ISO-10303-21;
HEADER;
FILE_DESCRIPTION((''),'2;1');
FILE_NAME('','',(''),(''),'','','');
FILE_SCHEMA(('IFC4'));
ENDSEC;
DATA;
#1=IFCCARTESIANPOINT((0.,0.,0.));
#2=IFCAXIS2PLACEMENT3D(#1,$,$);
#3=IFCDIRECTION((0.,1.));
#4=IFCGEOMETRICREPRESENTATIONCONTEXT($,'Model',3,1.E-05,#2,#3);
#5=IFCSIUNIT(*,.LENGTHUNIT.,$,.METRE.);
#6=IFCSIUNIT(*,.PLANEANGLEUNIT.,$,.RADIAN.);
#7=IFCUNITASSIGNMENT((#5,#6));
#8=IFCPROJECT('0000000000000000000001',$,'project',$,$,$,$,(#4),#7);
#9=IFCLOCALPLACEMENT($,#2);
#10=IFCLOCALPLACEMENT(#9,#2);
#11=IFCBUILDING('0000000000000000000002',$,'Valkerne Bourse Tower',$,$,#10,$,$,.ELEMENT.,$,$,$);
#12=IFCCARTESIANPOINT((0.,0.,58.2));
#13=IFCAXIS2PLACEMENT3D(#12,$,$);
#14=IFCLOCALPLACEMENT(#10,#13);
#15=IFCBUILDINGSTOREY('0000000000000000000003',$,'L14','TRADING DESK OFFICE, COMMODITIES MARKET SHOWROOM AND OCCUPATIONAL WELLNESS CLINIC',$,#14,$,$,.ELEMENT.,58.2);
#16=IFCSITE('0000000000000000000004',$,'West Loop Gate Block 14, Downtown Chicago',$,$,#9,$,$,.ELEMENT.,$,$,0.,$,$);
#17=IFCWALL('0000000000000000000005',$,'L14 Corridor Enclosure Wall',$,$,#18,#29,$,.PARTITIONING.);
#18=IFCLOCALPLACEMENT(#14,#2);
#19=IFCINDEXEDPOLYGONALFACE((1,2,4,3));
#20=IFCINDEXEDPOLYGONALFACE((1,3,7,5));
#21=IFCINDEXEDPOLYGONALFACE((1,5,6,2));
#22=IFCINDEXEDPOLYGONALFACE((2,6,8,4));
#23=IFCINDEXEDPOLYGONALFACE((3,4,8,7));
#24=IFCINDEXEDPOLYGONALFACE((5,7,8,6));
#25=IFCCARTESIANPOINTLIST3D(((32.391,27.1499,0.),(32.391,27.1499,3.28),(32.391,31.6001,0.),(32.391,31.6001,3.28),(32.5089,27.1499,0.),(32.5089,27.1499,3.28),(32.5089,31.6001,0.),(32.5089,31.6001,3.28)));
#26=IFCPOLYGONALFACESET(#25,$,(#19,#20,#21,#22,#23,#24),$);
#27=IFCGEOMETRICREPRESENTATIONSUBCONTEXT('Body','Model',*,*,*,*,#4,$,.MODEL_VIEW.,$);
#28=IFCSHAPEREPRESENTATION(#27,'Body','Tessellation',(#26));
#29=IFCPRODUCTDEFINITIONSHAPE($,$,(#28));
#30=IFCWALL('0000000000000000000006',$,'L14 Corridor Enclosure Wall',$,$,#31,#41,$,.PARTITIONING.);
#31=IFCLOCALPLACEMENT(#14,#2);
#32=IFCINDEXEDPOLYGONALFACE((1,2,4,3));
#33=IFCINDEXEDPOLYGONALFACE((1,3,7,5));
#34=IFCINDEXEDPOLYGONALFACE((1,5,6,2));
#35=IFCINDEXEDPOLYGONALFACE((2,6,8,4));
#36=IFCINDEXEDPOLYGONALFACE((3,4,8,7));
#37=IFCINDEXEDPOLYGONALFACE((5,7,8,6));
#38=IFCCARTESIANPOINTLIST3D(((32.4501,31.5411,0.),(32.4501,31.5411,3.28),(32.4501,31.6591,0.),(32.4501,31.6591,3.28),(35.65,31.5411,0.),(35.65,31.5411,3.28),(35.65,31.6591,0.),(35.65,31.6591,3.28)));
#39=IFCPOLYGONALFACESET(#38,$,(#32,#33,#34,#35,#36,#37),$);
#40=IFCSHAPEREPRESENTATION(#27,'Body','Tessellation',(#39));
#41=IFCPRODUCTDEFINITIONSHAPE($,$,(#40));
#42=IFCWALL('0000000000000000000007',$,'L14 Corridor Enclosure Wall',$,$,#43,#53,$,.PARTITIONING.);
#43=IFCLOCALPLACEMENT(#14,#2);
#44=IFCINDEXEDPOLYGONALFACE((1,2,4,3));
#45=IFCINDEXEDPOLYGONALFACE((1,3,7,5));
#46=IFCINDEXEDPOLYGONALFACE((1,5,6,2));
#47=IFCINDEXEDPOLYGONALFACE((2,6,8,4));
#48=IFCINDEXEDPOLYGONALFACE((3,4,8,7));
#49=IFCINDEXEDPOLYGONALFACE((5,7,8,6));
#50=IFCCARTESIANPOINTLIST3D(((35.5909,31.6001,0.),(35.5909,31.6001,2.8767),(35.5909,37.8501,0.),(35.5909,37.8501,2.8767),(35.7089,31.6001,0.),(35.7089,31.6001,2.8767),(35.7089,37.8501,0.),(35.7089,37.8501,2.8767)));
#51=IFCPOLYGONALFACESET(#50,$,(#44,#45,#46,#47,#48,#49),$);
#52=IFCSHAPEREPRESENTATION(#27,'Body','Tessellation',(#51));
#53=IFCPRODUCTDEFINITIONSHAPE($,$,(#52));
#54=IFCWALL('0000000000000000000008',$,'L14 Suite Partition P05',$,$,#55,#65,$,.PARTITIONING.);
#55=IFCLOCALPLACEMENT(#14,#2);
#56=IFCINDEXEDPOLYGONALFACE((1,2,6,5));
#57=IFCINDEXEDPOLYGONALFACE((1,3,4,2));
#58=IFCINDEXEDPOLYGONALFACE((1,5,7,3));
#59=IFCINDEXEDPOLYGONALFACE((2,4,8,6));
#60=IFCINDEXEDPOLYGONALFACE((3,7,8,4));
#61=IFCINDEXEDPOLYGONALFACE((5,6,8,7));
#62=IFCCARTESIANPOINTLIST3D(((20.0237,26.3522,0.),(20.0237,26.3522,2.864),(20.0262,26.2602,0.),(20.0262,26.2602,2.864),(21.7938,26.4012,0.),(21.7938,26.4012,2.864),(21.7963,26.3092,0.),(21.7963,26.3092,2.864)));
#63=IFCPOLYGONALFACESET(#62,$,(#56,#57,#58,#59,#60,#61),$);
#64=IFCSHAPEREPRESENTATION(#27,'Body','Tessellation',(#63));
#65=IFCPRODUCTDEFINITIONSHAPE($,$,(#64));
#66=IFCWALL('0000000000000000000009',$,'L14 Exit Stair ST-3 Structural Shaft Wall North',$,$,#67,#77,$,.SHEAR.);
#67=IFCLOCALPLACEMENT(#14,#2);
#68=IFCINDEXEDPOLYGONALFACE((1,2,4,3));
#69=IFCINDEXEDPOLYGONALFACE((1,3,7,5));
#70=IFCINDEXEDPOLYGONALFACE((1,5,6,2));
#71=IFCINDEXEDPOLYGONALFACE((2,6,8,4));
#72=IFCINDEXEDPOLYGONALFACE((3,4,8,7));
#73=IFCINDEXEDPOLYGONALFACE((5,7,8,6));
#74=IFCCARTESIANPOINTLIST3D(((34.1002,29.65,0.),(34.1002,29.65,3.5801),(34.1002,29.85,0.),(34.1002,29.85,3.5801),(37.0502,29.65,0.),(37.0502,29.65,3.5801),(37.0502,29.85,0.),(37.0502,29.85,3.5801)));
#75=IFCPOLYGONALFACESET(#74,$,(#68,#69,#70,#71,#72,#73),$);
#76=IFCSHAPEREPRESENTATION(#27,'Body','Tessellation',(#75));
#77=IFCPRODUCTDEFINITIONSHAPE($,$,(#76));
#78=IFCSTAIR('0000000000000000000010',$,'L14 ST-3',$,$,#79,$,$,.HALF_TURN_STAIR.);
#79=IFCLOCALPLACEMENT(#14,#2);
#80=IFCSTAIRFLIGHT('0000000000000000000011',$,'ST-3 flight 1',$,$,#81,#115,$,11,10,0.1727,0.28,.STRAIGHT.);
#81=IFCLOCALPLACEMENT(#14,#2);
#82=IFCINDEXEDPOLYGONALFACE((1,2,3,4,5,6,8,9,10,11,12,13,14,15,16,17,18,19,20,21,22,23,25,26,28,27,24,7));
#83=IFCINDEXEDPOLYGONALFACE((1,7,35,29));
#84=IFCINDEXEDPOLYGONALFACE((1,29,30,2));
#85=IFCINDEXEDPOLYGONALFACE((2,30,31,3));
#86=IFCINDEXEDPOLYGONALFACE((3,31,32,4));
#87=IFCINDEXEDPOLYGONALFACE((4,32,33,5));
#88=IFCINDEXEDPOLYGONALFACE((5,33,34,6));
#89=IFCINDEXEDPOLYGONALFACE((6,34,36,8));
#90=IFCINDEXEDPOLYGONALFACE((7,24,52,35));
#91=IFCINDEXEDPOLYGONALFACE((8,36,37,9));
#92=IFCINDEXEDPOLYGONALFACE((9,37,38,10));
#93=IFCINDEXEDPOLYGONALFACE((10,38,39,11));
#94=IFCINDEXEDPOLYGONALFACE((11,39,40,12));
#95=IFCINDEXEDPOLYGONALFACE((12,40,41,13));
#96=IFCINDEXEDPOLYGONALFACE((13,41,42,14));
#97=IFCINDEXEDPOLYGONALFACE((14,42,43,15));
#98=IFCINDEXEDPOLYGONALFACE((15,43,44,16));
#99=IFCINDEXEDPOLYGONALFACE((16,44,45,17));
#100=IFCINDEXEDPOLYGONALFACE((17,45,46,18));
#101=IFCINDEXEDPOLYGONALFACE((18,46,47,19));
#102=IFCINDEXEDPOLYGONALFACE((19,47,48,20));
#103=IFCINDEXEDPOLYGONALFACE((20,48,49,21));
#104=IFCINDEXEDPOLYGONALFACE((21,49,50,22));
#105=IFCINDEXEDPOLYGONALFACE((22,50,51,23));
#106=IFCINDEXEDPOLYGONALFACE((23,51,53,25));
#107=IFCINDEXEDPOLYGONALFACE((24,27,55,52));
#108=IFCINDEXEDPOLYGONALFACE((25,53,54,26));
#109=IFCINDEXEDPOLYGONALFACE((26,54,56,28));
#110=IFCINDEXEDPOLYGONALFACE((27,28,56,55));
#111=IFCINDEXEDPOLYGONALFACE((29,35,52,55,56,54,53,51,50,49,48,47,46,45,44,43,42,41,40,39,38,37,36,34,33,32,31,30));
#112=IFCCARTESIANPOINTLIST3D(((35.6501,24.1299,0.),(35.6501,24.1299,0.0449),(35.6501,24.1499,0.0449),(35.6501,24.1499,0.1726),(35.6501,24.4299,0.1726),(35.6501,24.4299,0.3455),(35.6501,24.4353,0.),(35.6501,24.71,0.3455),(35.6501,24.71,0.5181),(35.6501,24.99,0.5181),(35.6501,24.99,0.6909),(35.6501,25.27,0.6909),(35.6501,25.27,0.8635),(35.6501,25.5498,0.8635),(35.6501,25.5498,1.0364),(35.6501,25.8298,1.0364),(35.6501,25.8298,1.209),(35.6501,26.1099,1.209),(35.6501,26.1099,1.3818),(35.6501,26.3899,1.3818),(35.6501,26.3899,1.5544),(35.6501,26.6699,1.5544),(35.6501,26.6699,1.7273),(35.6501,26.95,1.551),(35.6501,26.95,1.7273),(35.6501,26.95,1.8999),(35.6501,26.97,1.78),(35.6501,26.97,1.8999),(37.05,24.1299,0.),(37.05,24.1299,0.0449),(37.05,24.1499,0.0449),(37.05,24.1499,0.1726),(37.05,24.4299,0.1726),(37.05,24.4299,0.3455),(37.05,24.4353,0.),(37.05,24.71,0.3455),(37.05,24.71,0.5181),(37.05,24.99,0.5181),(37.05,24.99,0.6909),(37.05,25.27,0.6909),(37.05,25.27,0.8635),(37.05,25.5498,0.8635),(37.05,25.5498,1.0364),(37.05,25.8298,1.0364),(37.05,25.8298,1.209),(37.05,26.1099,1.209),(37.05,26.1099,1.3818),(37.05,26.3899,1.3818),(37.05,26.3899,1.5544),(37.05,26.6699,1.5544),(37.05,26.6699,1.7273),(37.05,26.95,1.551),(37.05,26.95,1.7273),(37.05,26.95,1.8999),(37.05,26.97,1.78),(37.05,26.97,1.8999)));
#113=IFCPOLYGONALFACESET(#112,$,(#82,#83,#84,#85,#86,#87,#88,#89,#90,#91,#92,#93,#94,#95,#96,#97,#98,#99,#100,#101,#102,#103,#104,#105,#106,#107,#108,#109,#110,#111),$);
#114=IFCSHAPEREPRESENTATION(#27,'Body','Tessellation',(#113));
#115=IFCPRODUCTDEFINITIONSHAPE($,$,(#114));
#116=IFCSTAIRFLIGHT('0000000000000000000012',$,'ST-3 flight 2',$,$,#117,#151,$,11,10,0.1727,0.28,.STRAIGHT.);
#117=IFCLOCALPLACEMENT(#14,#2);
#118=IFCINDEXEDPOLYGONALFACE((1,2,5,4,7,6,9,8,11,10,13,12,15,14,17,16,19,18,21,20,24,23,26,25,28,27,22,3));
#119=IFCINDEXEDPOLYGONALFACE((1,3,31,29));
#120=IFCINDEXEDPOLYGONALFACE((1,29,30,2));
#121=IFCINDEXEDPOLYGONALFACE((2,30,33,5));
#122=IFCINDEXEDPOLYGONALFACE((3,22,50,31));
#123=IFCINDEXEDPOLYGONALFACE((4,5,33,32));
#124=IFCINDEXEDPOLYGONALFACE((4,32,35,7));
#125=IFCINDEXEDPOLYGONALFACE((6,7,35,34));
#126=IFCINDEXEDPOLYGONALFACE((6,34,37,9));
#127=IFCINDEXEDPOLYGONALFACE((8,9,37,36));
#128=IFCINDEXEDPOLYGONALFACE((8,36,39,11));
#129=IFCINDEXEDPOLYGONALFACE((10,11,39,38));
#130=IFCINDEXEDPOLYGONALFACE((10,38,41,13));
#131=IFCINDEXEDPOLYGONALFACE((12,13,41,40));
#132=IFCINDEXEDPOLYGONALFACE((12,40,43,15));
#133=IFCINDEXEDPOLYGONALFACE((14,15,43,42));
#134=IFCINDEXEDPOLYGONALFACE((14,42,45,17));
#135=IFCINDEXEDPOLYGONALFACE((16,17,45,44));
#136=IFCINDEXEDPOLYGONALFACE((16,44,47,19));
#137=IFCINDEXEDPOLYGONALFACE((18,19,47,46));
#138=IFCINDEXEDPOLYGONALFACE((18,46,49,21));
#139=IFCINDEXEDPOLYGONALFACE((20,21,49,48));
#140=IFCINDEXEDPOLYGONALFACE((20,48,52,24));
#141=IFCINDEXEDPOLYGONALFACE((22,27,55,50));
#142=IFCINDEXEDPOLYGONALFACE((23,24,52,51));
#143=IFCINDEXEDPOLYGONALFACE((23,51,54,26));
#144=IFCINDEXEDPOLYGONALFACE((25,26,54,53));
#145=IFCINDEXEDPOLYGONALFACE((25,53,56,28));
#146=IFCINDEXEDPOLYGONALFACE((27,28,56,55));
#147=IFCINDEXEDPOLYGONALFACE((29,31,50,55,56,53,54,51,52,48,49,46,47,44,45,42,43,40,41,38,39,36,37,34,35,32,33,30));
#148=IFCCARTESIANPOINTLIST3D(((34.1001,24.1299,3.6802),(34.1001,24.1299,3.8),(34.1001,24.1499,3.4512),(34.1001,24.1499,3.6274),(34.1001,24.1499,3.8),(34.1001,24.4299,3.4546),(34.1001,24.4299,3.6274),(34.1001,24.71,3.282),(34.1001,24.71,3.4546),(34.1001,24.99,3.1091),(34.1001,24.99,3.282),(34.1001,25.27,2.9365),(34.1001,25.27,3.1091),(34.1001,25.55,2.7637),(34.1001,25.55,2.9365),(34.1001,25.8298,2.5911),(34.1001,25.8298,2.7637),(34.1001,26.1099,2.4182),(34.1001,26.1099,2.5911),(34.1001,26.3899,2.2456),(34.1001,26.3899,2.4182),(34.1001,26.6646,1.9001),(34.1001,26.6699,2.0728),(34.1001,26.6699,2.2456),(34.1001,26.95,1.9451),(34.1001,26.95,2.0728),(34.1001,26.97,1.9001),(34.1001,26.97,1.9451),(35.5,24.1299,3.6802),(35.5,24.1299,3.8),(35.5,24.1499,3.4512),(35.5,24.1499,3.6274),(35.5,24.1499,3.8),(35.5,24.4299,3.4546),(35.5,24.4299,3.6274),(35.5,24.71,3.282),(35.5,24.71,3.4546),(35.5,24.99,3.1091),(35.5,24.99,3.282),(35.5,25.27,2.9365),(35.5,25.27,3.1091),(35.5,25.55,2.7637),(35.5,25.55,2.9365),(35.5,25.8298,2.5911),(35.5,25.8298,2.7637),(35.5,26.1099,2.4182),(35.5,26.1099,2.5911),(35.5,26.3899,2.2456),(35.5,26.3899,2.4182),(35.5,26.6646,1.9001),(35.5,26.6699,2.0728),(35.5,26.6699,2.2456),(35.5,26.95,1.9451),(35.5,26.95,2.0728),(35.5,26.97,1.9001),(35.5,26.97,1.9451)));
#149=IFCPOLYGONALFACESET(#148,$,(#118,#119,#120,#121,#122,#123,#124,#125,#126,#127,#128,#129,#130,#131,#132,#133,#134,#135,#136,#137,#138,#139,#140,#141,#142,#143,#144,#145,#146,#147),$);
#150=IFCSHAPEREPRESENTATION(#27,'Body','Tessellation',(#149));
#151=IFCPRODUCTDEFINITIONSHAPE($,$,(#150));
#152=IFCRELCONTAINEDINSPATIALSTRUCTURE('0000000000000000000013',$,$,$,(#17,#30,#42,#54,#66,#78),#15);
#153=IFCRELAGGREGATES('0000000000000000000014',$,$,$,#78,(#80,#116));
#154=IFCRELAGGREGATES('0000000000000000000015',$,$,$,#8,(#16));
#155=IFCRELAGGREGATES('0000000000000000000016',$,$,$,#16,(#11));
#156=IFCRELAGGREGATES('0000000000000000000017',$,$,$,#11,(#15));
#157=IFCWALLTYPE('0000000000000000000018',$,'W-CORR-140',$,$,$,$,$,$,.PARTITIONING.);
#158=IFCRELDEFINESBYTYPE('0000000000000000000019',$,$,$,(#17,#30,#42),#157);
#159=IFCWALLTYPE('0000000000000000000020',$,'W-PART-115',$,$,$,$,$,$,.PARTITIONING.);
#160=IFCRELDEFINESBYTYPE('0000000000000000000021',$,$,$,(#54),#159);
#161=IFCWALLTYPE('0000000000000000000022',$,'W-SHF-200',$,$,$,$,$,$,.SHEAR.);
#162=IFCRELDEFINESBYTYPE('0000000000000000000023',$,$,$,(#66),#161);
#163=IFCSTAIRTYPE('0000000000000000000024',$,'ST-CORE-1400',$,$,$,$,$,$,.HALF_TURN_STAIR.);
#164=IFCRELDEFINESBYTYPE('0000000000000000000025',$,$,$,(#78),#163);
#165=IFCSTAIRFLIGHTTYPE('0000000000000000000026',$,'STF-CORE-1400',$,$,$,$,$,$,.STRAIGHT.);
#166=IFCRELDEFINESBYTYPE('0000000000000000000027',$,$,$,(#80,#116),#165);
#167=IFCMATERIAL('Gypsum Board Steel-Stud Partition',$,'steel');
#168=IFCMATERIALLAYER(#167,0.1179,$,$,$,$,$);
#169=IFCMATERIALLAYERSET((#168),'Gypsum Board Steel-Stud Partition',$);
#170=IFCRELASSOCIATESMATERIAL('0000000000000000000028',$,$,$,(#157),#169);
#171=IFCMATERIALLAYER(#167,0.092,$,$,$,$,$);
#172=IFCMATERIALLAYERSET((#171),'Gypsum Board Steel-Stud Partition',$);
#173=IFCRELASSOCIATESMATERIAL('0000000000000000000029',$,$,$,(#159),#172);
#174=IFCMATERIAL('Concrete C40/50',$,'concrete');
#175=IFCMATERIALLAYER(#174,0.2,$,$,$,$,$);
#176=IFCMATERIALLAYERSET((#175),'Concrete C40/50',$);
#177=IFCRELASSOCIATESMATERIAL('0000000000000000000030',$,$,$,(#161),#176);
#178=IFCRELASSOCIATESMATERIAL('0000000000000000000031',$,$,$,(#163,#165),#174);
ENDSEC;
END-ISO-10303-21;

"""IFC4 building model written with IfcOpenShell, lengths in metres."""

from ifc_helpers import new_model, si_unit, direction, frame, frame_2d, origin, place, context, subcontext, project, spatial, polyline, rectangle, outline, extrude, material, layer, layer_set, type_object, element, aggregate, save


model = new_model("IFC4")

# Units and contexts
model_context = context("Model", 3, precision=1e-05, world=origin(), true_north=direction((0.0, 1.0)))
body_context = subcontext(model_context, "Body", "Model", "MODEL_VIEW")
ifc_project = project(units=[si_unit("LENGTHUNIT", "METRE"), si_unit("PLANEANGLEUNIT", "RADIAN")], contexts=[model_context])

# Site, building, storey
site_placement = place(None, origin())
site = spatial("IfcSite", under=ifc_project, at=site_placement, Name="West Loop Gate Block 14, Downtown Chicago", CompositionType="ELEMENT", RefElevation=0.0)
building_placement = place(site_placement, origin())
building = spatial("IfcBuilding", under=site, at=building_placement, Name="Valkerne Bourse Tower", CompositionType="ELEMENT")
storey_placement = place(building_placement, frame((0.0, 0.0, 58.2)))
storey = spatial("IfcBuildingStorey", under=building, at=storey_placement, Name="L14", Description="TRADING DESK OFFICE, COMMODITIES MARKET SHOWROOM AND OCCUPATIONAL WELLNESS CLINIC", CompositionType="ELEMENT", Elevation=58.2)

# Shared definitions
ifc_material_1 = material(Name="Gypsum Board Steel-Stud Partition", Category="steel")
ifc_layer_1 = layer(ifc_material_1, 0.1179)
ifc_layer_set_1 = layer_set([ifc_layer_1], Name="Gypsum Board Steel-Stud Partition")
wall_type_1 = type_object("IfcWallType", Name="W-CORR-140", PredefinedType="PARTITIONING", material=ifc_layer_set_1)

# Walls
wall_1_placement = place(storey_placement, frame((32.45, 27.1499, 0.0), z_axis=(0.0, 0.0, 1.0), x_axis=(0.0, 1.0, 0.0)))
element("IfcWall", 1, at=wall_1_placement, inside=storey, type_object=wall_type_1, Name="L14 Corridor Enclosure Wall", PredefinedType="PARTITIONING", context=body_context, shape_type="SweptSolid", body=[
    extrude(rectangle(XDim=4.4502, YDim=0.1179, at=frame_2d((2.2251, 0.0))), origin(), (0.0, 0.0, 1.0), 3.28),
])
wall_2_placement = place(storey_placement, frame((32.45, 31.6001, 0.0), z_axis=(0.0, 0.0, 1.0), x_axis=(1.0, 0.0, 0.0)))
element("IfcWall", 2, at=wall_2_placement, inside=storey, type_object=wall_type_1, Name="L14 Corridor Enclosure Wall", PredefinedType="PARTITIONING", context=body_context, shape_type="SweptSolid", body=[
    extrude(rectangle(XDim=3.2, YDim=0.1179, at=frame_2d((1.6001, 0.0))), origin(), (0.0, 0.0, 1.0), 3.28),
])
wall_3_placement = place(storey_placement, frame((35.6499, 31.6001, 0.0), z_axis=(0.0, 0.0, 1.0), x_axis=(0.0, 1.0, 0.0)))
element("IfcWall", 3, at=wall_3_placement, inside=storey, type_object=wall_type_1, Name="L14 Corridor Enclosure Wall", PredefinedType="PARTITIONING", context=body_context, shape_type="SweptSolid", body=[
    extrude(rectangle(XDim=6.25, YDim=0.1179, at=frame_2d((3.125, 0.0))), origin(), (0.0, 0.0, 1.0), 2.8767),
])
ifc_layer_2 = layer(ifc_material_1, 0.092)
ifc_layer_set_2 = layer_set([ifc_layer_2], Name="Gypsum Board Steel-Stud Partition")
wall_type_2 = type_object("IfcWallType", Name="W-PART-115", PredefinedType="PARTITIONING", material=ifc_layer_set_2)
wall_4_placement = place(storey_placement, frame((21.7949, 26.3552, 0.0), z_axis=(0.0, 0.0, 1.0), x_axis=(-0.999616, -0.027713, 0.0)))
element("IfcWall", 4, at=wall_4_placement, inside=storey, type_object=wall_type_2, Name="L14 Suite Partition P05", PredefinedType="PARTITIONING", context=body_context, shape_type="SweptSolid", body=[
    extrude(rectangle(XDim=1.7708, YDim=0.092, at=frame_2d((0.8853, 0.0))), origin(), (0.0, 0.0, 1.0), 2.864),
])
ifc_material_2 = material(Name="Concrete C40/50", Category="concrete")
ifc_layer_3 = layer(ifc_material_2, 0.2)
ifc_layer_set_3 = layer_set([ifc_layer_3], Name="Concrete C40/50")
wall_type_3 = type_object("IfcWallType", Name="W-SHF-200", PredefinedType="SHEAR", material=ifc_layer_set_3)
wall_5_placement = place(storey_placement, frame((34.1001, 29.75, 0.0), z_axis=(0.0, 0.0, 1.0), x_axis=(1.0, 0.0, 0.0)))
element("IfcWall", 5, at=wall_5_placement, inside=storey, type_object=wall_type_3, Name="L14 Exit Stair ST-3 Structural Shaft Wall North", PredefinedType="SHEAR", context=body_context, shape_type="SweptSolid", body=[
    extrude(rectangle(XDim=2.95, YDim=0.2, at=frame_2d((1.4751, 0.0))), origin(), (0.0, 0.0, 1.0), 3.5801),
])

# Stair, stair flights
stair_type = type_object("IfcStairType", Name="ST-CORE-1400", PredefinedType="HALF_TURN_STAIR", material=ifc_material_2)
stair_placement = place(storey_placement, origin())
stair = element("IfcStair", 6, at=stair_placement, inside=storey, type_object=stair_type, Name="L14 ST-3", PredefinedType="HALF_TURN_STAIR")
stair_flight_type = type_object("IfcStairFlightType", Name="STF-CORE-1400", PredefinedType="STRAIGHT", material=ifc_material_2)
stair_flight_1_placement = place(storey_placement, frame((36.3501, 24.1499, 0.0), z_axis=(0.0, 0.0, 1.0), x_axis=(0.0, 1.0, 0.0)))
stair_flight_1 = element("IfcStairFlight", 7, at=stair_flight_1_placement, type_object=stair_flight_type, Name="ST-3 flight 1", NumberOfRisers=11, NumberOfTreads=10, PredefinedType="STRAIGHT", RiserHeight=0.1727, TreadLength=0.28, context=body_context, shape_type="SweptSolid", body=[
    extrude(outline(polyline([(-0.02, 0.0), (-0.02, 0.0449), (0.0, 0.0449), (0.0, 0.1726), (0.28, 0.1726), (0.28, 0.3455), (0.5601, 0.3455), (0.5601, 0.5181), (0.8401, 0.5181), (0.8401, 0.6909), (1.1201, 0.6909), (1.1201, 0.8635), (1.3999, 0.8635), (1.3999, 1.0364), (1.6799, 1.0364), (1.6799, 1.209), (1.96, 1.209), (1.96, 1.3818), (2.24, 1.3818), (2.24, 1.5544), (2.52, 1.5544), (2.52, 1.7273), (2.8, 1.7273), (2.8, 1.8999), (2.8201, 1.8999), (2.8201, 1.78), (2.8, 1.551), (0.2854, 0.0), (-0.02, 0.0)])), frame((0.0, 0.7, 0.0), z_axis=(0.0, -1.0, 0.0), x_axis=(1.0, 0.0, 0.0)), (0.0, 0.0, 1.0), 1.3999),
])
stair_flight_2_placement = place(storey_placement, frame((34.8, 26.95, 1.9001), z_axis=(0.0, 0.0, 1.0), x_axis=(0.0, -1.0, 0.0)))
stair_flight_2 = element("IfcStairFlight", 8, at=stair_flight_2_placement, type_object=stair_flight_type, Name="ST-3 flight 2", NumberOfRisers=11, NumberOfTreads=10, PredefinedType="STRAIGHT", RiserHeight=0.1727, TreadLength=0.28, context=body_context, shape_type="SweptSolid", body=[
    extrude(outline(polyline([(-0.02, 0.0), (-0.02, 0.0449), (0.0, 0.0449), (0.0, 0.1726), (0.28, 0.1726), (0.28, 0.3455), (0.5601, 0.3455), (0.5601, 0.5181), (0.8401, 0.5181), (0.8401, 0.6909), (1.1201, 0.6909), (1.1201, 0.8635), (1.3999, 0.8635), (1.3999, 1.0364), (1.6799, 1.0364), (1.6799, 1.209), (1.96, 1.209), (1.96, 1.3818), (2.24, 1.3818), (2.24, 1.5544), (2.52, 1.5544), (2.52, 1.7273), (2.8, 1.7273), (2.8, 1.8999), (2.8201, 1.8999), (2.8201, 1.78), (2.8, 1.551), (0.2854, 0.0), (-0.02, 0.0)])), frame((0.0, 0.7, 0.0), z_axis=(0.0, -1.0, 0.0), x_axis=(1.0, 0.0, 0.0)), (0.0, 0.0, 1.0), 1.3999),
])
aggregate(stair, [stair_flight_1, stair_flight_2])

save(model, "model.ifc")
